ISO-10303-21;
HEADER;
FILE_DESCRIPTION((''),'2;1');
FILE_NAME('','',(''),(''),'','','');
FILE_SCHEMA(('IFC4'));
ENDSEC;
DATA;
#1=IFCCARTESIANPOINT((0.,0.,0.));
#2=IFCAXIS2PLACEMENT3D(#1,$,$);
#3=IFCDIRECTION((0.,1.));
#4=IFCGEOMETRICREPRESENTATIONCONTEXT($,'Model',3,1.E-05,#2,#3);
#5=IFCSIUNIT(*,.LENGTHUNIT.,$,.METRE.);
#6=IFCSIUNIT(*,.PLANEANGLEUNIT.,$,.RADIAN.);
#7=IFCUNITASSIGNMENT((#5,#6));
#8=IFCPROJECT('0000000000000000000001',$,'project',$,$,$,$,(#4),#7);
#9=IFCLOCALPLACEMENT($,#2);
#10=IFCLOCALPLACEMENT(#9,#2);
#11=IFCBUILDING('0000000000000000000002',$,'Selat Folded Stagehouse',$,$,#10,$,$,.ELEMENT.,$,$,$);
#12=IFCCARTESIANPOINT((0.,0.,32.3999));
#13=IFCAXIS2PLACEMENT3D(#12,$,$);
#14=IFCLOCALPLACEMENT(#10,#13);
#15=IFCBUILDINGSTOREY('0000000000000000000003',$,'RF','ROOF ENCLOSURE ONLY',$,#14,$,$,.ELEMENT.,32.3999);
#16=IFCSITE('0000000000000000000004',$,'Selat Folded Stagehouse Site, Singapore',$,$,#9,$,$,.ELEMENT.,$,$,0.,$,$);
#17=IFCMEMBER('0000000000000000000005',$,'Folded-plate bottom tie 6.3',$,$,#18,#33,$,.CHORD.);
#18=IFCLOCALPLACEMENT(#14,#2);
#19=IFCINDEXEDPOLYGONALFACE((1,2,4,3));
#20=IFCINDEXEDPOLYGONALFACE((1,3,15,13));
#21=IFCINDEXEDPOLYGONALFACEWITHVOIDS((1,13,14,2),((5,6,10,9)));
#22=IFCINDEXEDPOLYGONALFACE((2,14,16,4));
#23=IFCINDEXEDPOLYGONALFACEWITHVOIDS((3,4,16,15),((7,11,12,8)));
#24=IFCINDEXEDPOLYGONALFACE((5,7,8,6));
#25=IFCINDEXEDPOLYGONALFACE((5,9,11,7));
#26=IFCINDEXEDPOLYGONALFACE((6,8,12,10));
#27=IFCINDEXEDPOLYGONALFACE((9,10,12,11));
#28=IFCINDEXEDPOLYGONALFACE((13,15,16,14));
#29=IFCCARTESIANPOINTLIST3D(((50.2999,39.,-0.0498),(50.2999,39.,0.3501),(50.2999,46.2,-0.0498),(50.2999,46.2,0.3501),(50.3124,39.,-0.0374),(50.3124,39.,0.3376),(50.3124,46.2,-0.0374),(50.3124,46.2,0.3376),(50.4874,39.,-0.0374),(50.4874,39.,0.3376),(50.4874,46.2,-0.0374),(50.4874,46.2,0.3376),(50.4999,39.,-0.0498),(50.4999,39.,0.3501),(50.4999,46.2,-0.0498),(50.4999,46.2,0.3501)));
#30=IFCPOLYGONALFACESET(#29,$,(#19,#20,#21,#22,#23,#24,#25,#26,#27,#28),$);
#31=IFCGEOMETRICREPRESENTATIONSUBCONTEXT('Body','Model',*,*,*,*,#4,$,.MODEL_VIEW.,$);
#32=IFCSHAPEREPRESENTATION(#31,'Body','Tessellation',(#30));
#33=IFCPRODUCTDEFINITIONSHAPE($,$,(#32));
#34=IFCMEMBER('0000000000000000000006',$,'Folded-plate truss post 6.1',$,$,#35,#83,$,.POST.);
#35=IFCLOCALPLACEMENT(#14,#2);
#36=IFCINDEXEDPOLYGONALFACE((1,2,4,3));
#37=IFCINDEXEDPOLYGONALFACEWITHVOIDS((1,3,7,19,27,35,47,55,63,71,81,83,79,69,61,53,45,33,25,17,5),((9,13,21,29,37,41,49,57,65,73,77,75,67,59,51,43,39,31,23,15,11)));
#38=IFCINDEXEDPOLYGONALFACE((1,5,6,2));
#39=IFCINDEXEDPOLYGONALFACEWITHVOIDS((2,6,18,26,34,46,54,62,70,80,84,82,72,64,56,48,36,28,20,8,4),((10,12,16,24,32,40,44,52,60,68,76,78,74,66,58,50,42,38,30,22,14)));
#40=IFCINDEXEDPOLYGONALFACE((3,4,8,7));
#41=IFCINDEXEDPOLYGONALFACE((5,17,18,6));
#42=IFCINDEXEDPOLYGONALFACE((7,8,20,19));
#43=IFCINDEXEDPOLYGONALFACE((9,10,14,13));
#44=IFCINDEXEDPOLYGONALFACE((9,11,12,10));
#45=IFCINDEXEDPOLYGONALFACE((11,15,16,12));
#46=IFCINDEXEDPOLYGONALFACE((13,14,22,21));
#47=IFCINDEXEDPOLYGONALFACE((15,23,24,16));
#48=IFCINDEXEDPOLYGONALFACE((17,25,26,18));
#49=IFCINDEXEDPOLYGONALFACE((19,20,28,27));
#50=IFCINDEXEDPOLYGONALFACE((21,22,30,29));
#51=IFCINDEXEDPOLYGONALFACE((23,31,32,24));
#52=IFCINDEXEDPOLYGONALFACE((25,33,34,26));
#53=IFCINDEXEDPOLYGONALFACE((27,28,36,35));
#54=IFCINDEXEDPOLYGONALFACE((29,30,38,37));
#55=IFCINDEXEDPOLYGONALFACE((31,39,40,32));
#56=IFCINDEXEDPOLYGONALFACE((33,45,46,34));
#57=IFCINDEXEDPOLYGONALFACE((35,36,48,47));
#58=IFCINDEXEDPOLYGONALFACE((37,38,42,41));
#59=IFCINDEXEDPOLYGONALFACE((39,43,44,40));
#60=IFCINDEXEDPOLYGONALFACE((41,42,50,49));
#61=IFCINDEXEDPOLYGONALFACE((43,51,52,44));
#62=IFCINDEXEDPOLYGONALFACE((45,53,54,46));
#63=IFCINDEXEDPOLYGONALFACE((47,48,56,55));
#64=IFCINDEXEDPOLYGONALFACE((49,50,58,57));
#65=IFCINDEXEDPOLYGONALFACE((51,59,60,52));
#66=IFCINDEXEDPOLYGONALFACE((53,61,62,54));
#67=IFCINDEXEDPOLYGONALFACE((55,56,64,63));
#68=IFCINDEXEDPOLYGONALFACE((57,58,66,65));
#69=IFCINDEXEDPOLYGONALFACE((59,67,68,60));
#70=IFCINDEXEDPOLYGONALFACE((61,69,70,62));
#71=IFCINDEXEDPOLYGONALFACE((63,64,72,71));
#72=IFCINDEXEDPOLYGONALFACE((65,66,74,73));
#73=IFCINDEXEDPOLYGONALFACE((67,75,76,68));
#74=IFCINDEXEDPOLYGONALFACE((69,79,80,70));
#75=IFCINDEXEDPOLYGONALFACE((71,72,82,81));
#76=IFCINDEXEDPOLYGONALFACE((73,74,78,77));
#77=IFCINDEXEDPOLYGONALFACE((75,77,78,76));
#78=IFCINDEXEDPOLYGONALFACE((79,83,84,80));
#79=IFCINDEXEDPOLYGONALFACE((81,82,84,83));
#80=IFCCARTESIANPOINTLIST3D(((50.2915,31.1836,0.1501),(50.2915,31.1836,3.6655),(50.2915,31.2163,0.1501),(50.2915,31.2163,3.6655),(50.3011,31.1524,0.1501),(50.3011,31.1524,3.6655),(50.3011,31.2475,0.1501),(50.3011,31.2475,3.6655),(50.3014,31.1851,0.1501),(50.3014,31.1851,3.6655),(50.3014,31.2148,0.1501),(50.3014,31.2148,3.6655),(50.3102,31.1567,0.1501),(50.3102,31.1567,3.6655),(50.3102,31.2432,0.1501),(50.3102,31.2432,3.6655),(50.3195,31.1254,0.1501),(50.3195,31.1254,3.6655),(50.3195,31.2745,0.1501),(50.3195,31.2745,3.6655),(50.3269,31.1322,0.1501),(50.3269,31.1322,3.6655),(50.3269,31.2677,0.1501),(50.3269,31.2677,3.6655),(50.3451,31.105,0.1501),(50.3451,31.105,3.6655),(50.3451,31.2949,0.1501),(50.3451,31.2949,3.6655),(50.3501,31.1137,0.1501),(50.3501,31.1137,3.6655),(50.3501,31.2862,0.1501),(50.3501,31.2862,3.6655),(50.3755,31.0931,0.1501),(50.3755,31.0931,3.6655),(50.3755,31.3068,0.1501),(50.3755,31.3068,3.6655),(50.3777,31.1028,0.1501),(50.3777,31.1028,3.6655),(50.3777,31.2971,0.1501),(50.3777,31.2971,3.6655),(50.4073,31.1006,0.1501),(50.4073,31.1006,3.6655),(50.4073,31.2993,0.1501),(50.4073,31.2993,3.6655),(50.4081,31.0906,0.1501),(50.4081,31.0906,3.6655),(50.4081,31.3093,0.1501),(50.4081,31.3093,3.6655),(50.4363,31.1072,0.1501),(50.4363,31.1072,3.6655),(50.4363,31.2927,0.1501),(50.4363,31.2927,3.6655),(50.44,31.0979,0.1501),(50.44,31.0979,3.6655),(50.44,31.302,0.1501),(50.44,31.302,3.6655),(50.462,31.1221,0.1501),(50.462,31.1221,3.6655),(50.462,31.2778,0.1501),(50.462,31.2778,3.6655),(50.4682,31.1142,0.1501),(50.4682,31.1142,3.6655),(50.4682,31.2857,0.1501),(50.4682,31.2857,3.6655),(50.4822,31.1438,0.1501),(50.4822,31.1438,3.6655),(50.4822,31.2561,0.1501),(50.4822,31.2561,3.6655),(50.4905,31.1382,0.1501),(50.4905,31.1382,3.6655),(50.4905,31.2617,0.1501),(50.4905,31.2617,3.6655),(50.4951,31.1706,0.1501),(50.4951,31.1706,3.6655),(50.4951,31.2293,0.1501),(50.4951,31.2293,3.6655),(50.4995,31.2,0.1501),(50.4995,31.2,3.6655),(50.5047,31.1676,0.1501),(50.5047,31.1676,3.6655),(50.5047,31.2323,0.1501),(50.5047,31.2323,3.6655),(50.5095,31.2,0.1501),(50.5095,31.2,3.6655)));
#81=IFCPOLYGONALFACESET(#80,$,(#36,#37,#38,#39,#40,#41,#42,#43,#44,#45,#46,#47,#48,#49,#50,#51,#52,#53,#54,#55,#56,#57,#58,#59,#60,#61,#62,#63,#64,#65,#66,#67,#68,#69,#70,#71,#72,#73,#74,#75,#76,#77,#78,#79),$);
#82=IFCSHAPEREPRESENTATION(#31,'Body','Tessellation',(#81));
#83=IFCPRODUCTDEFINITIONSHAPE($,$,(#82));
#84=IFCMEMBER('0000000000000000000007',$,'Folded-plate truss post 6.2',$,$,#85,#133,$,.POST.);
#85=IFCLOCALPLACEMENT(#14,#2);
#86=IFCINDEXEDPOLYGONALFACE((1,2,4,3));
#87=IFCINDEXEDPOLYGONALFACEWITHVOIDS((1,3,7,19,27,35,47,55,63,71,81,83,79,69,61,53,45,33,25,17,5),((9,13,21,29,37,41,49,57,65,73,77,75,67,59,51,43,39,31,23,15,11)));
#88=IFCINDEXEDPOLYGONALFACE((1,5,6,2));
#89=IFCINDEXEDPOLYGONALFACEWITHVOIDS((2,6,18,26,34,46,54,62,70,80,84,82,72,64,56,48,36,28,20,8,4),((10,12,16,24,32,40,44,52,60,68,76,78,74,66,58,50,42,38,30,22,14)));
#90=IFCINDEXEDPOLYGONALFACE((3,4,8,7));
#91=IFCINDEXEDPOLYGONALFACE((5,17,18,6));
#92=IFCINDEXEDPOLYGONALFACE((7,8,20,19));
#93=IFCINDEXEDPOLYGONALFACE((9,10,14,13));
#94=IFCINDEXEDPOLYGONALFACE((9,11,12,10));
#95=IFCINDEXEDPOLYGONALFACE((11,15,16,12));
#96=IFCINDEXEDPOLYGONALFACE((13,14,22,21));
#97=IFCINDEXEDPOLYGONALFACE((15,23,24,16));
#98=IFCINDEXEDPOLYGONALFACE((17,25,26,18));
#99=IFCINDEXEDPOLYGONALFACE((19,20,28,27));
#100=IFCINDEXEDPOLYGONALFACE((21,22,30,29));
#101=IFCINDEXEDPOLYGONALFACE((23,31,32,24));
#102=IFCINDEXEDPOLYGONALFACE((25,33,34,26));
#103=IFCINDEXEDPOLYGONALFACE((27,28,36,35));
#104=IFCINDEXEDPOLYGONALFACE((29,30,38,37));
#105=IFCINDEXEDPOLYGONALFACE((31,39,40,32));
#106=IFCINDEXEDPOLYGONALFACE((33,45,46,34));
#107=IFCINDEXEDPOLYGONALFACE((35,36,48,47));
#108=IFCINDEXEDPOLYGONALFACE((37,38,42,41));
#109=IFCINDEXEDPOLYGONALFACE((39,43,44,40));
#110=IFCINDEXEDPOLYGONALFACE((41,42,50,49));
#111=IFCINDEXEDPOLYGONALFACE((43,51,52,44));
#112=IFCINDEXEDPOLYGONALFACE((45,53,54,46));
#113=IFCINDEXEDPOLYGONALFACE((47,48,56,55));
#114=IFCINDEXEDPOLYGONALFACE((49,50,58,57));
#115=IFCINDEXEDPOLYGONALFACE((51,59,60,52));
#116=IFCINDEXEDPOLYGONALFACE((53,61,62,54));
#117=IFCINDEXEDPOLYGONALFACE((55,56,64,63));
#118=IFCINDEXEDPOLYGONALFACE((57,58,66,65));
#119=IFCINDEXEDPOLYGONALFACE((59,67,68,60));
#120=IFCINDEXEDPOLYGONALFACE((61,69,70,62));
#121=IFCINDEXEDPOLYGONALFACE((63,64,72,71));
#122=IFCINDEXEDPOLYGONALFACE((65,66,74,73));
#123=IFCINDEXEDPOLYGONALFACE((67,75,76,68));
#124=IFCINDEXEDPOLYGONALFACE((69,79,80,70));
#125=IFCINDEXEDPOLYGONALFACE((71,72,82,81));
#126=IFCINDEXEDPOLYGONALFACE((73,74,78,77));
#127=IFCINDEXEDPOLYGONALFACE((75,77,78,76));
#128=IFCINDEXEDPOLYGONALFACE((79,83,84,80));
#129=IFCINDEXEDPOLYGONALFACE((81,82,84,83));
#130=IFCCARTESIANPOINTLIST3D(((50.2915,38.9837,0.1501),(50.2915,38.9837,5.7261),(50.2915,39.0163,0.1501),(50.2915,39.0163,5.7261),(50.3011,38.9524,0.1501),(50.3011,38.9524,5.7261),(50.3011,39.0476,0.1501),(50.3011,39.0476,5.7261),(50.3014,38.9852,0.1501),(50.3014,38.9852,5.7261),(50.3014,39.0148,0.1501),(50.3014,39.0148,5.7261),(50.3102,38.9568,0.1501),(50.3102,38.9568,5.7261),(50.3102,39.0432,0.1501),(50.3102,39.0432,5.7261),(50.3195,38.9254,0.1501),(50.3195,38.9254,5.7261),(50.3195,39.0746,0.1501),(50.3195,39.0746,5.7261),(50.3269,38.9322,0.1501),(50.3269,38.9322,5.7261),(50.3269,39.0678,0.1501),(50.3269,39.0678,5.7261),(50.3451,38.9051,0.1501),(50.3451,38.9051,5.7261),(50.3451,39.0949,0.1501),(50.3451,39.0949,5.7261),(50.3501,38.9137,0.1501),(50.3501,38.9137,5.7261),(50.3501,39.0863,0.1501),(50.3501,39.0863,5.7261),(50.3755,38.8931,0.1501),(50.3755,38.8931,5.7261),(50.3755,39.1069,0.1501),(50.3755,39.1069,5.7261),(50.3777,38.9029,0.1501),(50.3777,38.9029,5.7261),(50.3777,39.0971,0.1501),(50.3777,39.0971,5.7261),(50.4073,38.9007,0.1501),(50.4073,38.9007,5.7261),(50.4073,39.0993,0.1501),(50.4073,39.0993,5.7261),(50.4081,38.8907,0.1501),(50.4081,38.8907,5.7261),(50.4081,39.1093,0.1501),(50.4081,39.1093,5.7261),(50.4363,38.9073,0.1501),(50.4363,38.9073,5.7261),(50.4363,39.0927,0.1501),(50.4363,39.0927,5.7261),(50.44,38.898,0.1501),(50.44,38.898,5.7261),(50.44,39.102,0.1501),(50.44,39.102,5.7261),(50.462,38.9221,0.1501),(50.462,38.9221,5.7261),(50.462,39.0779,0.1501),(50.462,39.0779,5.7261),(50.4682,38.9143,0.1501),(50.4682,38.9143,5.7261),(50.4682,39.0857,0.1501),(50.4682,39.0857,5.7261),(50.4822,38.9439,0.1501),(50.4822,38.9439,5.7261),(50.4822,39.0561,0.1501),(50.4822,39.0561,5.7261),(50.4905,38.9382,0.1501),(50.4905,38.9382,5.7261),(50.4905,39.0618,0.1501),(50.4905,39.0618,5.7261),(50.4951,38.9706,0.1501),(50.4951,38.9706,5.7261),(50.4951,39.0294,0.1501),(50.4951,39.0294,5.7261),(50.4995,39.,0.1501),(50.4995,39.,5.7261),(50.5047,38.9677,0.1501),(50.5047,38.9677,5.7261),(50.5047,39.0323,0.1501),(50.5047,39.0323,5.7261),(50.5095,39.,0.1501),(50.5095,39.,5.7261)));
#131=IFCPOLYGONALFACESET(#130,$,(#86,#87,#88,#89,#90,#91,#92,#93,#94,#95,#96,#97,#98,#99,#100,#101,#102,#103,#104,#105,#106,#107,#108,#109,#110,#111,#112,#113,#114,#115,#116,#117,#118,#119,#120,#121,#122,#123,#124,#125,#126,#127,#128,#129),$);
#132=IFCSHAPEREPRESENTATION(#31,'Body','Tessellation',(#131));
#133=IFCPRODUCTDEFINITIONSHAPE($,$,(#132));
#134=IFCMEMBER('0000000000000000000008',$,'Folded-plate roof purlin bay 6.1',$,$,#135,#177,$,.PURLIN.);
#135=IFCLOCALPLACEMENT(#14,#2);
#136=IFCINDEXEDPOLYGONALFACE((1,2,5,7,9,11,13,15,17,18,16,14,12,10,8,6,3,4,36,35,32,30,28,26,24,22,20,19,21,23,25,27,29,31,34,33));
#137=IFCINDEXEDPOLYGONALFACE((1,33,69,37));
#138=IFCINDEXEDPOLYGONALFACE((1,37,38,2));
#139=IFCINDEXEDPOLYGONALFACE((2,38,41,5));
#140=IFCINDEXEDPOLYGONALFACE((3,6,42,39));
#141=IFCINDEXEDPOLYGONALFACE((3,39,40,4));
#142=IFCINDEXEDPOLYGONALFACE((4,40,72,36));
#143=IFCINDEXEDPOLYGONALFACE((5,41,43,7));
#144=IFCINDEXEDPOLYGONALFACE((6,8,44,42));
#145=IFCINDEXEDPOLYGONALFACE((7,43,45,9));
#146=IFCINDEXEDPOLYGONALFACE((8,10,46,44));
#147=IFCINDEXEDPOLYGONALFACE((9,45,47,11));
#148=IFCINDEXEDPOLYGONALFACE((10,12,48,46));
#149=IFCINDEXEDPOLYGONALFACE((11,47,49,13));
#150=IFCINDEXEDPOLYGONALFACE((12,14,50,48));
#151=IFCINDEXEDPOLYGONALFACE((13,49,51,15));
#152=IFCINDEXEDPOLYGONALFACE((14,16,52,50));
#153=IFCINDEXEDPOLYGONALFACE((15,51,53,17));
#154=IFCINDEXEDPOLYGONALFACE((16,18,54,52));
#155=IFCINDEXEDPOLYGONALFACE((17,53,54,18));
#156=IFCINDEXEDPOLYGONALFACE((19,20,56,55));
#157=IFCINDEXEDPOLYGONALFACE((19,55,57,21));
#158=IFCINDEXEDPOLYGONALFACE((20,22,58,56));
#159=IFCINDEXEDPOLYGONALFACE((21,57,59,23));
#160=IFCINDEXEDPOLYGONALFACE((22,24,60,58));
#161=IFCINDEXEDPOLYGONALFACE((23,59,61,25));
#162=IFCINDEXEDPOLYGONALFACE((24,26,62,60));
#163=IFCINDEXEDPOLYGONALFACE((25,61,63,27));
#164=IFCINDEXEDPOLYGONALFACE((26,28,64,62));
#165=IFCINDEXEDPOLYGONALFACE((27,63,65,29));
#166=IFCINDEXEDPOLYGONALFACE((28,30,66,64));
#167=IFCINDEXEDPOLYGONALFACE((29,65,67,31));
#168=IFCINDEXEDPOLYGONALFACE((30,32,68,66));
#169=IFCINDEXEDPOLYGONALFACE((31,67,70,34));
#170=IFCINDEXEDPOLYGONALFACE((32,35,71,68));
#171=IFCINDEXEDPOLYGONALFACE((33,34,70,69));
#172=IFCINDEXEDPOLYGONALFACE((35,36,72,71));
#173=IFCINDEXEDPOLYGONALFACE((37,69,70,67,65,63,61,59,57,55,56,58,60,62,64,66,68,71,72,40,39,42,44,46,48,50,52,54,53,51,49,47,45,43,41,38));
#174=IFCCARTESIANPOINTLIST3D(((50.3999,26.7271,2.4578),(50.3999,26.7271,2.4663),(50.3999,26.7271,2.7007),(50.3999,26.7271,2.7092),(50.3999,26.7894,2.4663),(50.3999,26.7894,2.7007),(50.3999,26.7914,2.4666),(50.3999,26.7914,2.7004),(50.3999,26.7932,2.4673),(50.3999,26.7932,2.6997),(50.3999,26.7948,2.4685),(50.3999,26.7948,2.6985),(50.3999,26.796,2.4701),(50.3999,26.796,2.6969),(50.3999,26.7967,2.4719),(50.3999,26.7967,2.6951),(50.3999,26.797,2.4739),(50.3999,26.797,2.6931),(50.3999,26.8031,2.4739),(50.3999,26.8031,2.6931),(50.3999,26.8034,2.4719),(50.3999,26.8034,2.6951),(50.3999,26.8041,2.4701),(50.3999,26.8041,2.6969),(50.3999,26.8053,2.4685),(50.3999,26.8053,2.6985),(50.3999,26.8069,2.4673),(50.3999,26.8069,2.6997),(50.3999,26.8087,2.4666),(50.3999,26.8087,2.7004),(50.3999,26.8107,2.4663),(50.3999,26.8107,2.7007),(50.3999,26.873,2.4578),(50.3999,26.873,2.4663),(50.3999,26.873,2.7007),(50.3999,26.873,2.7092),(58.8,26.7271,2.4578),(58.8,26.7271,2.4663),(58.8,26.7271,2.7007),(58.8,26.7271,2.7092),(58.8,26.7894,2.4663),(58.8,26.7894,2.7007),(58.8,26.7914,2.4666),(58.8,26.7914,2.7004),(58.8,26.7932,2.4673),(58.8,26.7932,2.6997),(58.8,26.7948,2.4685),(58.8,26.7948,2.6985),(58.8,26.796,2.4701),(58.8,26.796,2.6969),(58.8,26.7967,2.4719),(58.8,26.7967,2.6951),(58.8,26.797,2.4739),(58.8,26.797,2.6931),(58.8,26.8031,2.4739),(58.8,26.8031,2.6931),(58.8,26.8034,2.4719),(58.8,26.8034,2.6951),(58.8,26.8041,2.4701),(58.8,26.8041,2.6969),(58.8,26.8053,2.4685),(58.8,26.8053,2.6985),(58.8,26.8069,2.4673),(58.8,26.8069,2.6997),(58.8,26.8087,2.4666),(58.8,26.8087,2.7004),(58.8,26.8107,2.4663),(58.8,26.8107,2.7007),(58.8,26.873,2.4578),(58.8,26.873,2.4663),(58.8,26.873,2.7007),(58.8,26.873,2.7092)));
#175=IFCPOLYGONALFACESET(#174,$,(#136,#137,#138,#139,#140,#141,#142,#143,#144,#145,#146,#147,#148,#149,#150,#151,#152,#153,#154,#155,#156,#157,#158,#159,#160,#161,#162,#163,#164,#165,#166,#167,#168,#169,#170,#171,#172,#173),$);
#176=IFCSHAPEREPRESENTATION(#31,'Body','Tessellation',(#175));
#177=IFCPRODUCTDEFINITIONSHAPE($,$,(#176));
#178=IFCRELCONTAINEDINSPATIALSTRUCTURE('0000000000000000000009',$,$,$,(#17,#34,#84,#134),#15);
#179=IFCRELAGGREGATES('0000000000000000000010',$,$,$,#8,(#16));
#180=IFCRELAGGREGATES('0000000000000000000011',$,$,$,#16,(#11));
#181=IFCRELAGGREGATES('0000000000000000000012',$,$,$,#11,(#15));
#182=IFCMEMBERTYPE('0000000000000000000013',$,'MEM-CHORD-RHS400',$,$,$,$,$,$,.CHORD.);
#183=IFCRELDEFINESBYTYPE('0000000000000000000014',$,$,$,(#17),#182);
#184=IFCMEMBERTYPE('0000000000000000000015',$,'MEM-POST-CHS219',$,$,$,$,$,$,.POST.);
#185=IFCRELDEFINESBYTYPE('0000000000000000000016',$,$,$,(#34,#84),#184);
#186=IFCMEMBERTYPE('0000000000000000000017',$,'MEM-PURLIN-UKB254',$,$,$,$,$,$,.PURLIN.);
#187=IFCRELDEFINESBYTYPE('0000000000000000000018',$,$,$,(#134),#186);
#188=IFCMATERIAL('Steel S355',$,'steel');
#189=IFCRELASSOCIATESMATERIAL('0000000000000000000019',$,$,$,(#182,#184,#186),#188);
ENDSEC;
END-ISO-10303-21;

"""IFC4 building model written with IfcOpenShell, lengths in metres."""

from ifc_helpers import new_model, si_unit, direction, frame, origin, origin_2d, place, context, subcontext, project, spatial, hollow_rectangle, hollow_circle, i_section, extrude, material, material_profile, profile_set, type_object, element, save


model = new_model("IFC4")

# Units and contexts
model_context = context("Model", 3, precision=1e-05, world=origin(), true_north=direction((0.0, 1.0)))
body_context = subcontext(model_context, "Body", "Model", "MODEL_VIEW")
ifc_project = project(units=[si_unit("LENGTHUNIT", "METRE"), si_unit("PLANEANGLEUNIT", "RADIAN")], contexts=[model_context])

# Site, building, storey
site_placement = place(None, origin())
site = spatial("IfcSite", under=ifc_project, at=site_placement, Name="Selat Folded Stagehouse Site, Singapore", CompositionType="ELEMENT", RefElevation=0.0)
building_placement = place(site_placement, origin())
building = spatial("IfcBuilding", under=site, at=building_placement, Name="Selat Folded Stagehouse", CompositionType="ELEMENT")
storey_placement = place(building_placement, frame((0.0, 0.0, 32.3999)))
storey = spatial("IfcBuildingStorey", under=building, at=storey_placement, Name="RF", Description="ROOF ENCLOSURE ONLY", CompositionType="ELEMENT", Elevation=32.3999)

# Shared definitions
ifc_material_1 = material(Name="Steel S355", Category="steel")

# Members
ifc_material_profile_1 = material_profile(ifc_material_1, hollow_rectangle(XDim=0.2, YDim=0.3999, WallThickness=0.0125, at=origin_2d()), Name="RHS 400x200x12.5")
ifc_profile_set_1 = profile_set([ifc_material_profile_1], Name="Steel S355")
member_type_1 = type_object("IfcMemberType", Name="MEM-CHORD-RHS400", PredefinedType="CHORD", material=ifc_profile_set_1)
member_1_placement = place(storey_placement, frame((50.3999, 39.0, 0.1501), z_axis=(0.0, 1.0, 0.0), x_axis=(-1.0, 0.0, 0.0)))
element("IfcMember", 1, at=member_1_placement, inside=storey, type_object=member_type_1, Name="Folded-plate bottom tie 6.3", PredefinedType="CHORD", context=body_context, shape_type="SweptSolid", body=[
    extrude(hollow_rectangle(XDim=0.2, YDim=0.3999, WallThickness=0.0125, at=origin_2d()), origin(), (0.0, 0.0, 1.0), 7.2),
])
ifc_material_profile_2 = material_profile(ifc_material_1, hollow_circle(Radius=0.1096, WallThickness=0.01, at=origin_2d()), Name="CHS 219.1x10.0")
ifc_profile_set_2 = profile_set([ifc_material_profile_2], Name="Steel S355")
member_type_2 = type_object("IfcMemberType", Name="MEM-POST-CHS219", PredefinedType="POST", material=ifc_profile_set_2)
member_2_placement = place(storey_placement, frame((50.3999, 31.2, 0.1501), z_axis=(0.0, 0.0, 1.0), x_axis=(1.0, 0.0, 0.0)))
element("IfcMember", 2, at=member_2_placement, inside=storey, type_object=member_type_2, Name="Folded-plate truss post 6.1", PredefinedType="POST", context=body_context, shape_type="SweptSolid", body=[
    extrude(hollow_circle(Radius=0.1096, WallThickness=0.01, at=origin_2d()), origin(), (0.0, 0.0, 1.0), 3.5154),
])
member_3_placement = place(storey_placement, frame((50.3999, 39.0, 0.1501), z_axis=(0.0, 0.0, 1.0), x_axis=(1.0, 0.0, 0.0)))
element("IfcMember", 3, at=member_3_placement, inside=storey, type_object=member_type_2, Name="Folded-plate truss post 6.2", PredefinedType="POST", context=body_context, shape_type="SweptSolid", body=[
    extrude(hollow_circle(Radius=0.1096, WallThickness=0.01, at=origin_2d()), origin(), (0.0, 0.0, 1.0), 5.5759),
])
ifc_material_profile_3 = material_profile(ifc_material_1, i_section(OverallWidth=0.146, OverallDepth=0.2515, WebThickness=0.0061, FlangeThickness=0.0085, FilletRadius=0.0076, at=origin_2d()), Name="UKB 254x146x31")
ifc_profile_set_3 = profile_set([ifc_material_profile_3], Name="Steel S355")
member_type_3 = type_object("IfcMemberType", Name="MEM-PURLIN-UKB254", PredefinedType="PURLIN", material=ifc_profile_set_3)
for number, where, z_axis, x_axis, name in (
    (4, (50.3999, 26.8, 2.5835), (1.0, 0.0, 0.0), (0.0, 1.0, 0.0), "Folded-plate roof purlin bay 6.1"),
):
    element("IfcMember", number, at=place(storey_placement, frame(where, z_axis=z_axis, x_axis=x_axis)), inside=storey, type_object=member_type_3, Name=name, PredefinedType="PURLIN", context=body_context, shape_type="SweptSolid", body=[
        extrude(i_section(OverallWidth=0.146, OverallDepth=0.2515, WebThickness=0.0061, FlangeThickness=0.0085, FilletRadius=0.0076, at=origin_2d()), origin(), (0.0, 0.0, 1.0), 8.4001),
    ])

save(model, "model.ifc")
